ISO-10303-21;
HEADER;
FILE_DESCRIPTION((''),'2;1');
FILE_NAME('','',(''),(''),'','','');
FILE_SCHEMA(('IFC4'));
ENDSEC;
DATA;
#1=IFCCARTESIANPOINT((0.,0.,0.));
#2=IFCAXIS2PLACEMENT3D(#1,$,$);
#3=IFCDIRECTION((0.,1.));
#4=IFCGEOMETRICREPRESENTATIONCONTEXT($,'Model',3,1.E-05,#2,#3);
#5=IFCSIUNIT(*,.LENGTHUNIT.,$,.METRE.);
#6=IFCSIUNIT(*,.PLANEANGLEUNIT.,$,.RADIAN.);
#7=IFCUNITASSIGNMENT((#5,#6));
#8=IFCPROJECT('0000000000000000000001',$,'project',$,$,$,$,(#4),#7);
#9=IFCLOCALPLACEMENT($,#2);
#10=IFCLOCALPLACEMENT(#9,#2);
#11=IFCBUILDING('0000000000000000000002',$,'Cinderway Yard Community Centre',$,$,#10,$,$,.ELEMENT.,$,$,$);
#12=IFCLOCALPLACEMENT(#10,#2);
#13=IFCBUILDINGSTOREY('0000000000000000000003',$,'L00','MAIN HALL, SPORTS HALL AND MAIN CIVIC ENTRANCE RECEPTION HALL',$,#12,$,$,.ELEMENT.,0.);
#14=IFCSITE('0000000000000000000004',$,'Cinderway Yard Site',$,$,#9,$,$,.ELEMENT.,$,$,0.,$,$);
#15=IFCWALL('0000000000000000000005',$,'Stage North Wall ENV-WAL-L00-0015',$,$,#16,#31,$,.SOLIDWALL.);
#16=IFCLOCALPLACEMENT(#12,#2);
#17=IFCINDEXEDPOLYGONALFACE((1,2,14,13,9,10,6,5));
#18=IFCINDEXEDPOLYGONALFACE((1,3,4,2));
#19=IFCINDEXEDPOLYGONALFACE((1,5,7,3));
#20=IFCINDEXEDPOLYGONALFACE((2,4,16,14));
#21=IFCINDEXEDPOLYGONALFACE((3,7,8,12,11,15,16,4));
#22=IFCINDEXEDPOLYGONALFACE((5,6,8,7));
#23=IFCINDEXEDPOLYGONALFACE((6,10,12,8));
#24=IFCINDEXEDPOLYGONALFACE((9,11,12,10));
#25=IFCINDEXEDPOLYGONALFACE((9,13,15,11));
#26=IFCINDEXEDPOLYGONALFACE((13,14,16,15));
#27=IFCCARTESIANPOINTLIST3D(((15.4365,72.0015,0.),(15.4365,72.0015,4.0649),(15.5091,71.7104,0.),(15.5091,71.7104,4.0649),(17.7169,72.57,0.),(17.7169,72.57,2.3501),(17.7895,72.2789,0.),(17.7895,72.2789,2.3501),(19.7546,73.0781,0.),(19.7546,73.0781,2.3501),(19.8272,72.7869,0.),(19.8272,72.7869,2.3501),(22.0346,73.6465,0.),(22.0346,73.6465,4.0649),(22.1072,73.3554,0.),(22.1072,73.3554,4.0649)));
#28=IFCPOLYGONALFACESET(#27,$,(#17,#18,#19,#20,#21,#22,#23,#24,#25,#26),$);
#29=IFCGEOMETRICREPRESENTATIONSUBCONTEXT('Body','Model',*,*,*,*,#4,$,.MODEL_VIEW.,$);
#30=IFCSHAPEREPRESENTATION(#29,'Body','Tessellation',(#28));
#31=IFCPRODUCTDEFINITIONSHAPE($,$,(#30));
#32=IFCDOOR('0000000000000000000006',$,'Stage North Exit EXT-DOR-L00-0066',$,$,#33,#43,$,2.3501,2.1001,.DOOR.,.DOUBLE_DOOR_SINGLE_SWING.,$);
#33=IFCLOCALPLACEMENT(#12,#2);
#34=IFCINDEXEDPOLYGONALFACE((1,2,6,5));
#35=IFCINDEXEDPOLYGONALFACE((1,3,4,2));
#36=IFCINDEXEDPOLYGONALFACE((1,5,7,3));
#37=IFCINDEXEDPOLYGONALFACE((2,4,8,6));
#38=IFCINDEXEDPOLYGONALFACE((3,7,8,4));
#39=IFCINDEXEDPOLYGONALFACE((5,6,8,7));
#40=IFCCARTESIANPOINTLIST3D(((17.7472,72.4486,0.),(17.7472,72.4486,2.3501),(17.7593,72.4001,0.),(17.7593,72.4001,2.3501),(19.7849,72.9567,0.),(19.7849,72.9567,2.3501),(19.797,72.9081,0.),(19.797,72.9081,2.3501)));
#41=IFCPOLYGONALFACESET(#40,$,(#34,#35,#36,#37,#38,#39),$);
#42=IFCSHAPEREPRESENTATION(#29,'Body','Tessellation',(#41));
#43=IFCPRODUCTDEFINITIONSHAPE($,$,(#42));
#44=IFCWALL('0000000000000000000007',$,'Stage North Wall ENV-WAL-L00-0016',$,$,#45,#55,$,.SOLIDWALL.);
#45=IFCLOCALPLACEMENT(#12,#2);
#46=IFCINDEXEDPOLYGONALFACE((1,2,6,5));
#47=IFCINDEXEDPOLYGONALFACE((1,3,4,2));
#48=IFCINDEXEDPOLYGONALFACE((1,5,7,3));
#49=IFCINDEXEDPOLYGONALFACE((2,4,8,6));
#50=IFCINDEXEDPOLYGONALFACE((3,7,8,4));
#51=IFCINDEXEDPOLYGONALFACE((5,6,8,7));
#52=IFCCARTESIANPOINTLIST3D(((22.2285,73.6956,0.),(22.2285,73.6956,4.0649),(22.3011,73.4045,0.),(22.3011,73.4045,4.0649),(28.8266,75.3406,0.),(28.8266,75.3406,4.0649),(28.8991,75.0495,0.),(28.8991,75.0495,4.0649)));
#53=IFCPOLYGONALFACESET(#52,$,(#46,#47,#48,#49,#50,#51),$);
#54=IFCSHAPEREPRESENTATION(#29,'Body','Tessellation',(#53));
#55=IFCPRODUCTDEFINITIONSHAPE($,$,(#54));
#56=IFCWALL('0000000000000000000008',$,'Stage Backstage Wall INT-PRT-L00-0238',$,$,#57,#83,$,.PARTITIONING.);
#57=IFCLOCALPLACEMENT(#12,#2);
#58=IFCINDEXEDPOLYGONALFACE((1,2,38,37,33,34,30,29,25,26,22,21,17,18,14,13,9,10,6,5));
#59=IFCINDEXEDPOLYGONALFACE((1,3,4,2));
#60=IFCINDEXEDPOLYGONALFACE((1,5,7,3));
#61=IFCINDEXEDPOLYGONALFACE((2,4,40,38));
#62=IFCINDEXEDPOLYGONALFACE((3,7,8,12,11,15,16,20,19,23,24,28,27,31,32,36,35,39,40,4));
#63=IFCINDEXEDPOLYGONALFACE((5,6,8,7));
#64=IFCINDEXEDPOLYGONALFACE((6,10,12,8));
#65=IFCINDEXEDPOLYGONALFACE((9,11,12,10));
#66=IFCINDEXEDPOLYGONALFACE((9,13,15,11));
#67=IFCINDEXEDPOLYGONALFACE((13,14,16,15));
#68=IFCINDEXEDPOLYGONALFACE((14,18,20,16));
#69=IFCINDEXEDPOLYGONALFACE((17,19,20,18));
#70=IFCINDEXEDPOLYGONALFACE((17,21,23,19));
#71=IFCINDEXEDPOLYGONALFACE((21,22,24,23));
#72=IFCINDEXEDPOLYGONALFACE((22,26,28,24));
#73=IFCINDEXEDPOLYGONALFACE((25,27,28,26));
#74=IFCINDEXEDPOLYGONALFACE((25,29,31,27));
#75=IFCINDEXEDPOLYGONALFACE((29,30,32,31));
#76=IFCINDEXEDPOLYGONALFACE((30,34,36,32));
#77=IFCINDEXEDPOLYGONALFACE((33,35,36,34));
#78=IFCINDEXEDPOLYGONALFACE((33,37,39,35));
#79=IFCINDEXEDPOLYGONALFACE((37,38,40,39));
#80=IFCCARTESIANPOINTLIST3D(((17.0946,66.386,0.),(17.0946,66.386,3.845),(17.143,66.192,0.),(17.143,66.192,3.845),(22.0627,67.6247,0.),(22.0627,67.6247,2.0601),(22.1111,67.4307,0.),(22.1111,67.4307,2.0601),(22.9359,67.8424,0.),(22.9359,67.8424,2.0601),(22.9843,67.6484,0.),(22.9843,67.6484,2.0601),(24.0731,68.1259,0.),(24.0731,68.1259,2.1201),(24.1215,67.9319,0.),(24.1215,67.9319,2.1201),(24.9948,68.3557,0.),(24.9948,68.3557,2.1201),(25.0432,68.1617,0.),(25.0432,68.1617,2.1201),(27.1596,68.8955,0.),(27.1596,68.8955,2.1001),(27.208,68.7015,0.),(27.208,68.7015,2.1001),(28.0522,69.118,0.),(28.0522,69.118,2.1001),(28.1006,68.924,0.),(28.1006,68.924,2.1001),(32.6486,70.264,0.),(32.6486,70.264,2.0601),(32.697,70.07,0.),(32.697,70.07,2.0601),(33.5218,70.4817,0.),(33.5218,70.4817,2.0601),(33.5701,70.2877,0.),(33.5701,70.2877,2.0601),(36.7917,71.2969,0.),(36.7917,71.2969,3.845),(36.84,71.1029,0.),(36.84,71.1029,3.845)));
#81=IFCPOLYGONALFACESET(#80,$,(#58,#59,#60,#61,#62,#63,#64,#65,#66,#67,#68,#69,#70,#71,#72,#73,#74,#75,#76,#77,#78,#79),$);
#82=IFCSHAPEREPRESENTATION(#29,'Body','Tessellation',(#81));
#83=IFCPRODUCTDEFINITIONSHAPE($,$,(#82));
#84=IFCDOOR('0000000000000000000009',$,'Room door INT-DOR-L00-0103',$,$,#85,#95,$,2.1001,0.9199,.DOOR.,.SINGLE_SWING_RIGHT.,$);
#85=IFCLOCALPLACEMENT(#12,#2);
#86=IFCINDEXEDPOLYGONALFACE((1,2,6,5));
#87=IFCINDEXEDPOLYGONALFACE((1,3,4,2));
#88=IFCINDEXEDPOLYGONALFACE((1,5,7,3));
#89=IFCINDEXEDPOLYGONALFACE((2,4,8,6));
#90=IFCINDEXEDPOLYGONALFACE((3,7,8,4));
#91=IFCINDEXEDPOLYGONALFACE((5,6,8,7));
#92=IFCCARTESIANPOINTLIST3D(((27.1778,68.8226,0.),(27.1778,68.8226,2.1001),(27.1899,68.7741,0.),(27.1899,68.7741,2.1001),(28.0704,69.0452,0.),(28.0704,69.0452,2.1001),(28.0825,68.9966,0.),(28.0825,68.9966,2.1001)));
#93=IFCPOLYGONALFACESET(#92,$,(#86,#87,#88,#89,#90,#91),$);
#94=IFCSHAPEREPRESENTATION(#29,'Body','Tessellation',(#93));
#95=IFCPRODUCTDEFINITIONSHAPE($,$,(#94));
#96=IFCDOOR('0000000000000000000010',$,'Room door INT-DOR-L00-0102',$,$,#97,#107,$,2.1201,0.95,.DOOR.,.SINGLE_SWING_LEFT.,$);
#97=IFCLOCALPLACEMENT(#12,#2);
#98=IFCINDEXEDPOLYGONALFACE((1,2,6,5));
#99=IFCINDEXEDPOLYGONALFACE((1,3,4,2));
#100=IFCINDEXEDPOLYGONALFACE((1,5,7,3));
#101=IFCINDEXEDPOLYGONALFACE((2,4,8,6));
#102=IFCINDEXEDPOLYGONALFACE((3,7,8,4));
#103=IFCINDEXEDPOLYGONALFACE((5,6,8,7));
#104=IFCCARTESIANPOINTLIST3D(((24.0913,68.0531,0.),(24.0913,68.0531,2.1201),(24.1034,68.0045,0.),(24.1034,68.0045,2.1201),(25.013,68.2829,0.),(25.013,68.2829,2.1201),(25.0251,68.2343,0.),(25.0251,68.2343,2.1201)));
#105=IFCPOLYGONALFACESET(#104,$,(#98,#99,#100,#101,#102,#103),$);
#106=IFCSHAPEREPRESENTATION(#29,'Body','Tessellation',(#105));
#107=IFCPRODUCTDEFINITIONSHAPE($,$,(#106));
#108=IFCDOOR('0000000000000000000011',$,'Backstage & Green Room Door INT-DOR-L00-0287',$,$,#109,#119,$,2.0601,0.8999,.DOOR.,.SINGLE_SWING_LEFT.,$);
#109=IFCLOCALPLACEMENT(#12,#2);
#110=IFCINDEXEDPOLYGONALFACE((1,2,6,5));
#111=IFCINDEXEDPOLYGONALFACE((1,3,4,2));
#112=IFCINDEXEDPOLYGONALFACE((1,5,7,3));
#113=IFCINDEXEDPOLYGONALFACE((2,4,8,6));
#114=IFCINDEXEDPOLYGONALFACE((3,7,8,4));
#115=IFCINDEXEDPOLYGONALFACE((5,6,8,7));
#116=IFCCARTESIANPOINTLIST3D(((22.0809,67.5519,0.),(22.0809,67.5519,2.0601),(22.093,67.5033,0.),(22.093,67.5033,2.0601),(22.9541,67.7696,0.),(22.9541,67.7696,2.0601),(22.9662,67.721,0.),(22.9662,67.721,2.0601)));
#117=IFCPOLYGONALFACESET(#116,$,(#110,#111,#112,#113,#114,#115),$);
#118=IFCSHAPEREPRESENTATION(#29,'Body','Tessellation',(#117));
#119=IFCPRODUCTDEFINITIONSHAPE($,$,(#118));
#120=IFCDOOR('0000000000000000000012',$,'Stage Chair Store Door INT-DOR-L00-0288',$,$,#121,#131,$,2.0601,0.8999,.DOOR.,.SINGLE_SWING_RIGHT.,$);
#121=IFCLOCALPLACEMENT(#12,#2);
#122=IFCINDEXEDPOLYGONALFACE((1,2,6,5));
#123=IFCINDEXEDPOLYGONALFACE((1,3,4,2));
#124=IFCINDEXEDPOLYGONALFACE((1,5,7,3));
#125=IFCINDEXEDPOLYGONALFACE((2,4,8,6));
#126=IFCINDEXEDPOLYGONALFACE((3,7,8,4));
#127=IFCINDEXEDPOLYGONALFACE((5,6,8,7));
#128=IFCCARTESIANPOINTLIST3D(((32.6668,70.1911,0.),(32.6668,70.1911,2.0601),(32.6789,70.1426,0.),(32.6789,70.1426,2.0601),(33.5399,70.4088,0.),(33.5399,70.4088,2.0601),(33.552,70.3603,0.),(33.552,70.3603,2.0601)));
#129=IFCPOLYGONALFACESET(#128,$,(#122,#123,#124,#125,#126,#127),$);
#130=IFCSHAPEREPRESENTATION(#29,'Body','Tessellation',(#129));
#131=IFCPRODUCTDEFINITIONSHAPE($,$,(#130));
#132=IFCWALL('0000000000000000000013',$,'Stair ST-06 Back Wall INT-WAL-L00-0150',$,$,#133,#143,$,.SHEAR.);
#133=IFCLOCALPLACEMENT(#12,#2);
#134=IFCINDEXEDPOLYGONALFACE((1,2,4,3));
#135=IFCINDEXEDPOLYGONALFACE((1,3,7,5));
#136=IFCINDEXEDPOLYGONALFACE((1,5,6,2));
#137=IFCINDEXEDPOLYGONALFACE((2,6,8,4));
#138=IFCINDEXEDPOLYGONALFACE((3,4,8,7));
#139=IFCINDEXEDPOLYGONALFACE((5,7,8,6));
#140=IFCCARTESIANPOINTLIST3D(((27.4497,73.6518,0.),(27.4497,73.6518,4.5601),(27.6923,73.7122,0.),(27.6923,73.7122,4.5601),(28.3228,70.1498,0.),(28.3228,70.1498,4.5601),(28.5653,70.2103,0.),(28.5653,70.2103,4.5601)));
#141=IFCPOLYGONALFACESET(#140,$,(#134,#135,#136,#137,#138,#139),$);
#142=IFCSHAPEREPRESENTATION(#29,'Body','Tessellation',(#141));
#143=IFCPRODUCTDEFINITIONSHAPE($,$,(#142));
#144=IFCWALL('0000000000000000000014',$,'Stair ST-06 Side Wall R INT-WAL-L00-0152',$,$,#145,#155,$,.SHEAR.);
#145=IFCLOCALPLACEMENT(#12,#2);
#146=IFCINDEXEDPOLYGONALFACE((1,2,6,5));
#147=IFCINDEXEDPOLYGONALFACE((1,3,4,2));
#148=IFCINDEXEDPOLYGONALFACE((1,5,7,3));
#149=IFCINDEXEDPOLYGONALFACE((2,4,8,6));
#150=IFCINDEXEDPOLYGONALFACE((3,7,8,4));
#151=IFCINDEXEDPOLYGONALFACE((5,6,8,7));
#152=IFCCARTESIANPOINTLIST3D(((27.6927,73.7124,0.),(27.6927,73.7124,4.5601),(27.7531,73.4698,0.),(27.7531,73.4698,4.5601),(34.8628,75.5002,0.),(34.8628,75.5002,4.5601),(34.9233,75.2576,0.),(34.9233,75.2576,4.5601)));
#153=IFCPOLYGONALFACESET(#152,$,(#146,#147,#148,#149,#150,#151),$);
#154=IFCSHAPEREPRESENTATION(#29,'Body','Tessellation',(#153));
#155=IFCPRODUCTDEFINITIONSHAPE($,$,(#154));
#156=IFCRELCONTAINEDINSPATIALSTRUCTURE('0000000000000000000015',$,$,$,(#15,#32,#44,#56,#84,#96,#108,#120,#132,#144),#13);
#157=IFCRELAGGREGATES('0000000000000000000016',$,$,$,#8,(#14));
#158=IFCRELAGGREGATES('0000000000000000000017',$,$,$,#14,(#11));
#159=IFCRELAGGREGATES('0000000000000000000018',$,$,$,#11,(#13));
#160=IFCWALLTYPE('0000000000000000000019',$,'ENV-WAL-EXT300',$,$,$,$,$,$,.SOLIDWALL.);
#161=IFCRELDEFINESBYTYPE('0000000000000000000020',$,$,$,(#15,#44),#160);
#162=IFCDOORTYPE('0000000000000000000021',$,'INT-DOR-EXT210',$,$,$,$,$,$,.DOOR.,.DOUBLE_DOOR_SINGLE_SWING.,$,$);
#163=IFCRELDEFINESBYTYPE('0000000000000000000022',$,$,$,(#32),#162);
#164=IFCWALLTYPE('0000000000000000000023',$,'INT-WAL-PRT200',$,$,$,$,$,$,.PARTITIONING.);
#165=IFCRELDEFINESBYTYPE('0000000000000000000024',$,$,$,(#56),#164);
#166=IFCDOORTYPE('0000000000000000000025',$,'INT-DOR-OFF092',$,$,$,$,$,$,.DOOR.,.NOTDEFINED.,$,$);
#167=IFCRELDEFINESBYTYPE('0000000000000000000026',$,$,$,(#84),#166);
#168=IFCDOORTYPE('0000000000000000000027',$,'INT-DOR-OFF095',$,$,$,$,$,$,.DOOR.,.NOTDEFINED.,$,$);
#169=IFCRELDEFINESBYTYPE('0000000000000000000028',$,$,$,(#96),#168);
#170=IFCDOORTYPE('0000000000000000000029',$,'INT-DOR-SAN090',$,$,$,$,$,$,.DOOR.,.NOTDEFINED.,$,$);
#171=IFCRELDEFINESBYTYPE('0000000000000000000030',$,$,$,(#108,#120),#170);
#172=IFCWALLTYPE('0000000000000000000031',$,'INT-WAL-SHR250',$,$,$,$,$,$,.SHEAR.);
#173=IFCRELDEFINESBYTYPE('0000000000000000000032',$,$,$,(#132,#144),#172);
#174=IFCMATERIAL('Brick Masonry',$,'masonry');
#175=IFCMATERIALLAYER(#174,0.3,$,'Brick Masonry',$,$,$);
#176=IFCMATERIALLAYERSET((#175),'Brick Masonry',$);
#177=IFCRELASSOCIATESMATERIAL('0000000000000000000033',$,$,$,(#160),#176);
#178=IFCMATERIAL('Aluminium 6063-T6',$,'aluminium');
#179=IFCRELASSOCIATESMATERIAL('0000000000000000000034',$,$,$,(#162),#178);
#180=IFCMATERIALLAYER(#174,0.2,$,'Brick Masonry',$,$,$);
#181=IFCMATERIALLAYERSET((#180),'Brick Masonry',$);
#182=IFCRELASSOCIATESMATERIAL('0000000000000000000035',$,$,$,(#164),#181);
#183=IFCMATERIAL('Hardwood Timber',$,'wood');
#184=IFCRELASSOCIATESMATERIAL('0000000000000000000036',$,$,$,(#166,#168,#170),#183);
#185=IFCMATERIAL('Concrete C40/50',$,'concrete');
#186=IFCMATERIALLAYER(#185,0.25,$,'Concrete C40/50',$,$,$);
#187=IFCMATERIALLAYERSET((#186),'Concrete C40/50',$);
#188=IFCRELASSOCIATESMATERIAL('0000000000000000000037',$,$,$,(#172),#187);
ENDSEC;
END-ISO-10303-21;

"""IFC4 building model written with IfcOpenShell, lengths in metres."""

from ifc_helpers import new_model, si_unit, direction, frame, frame_2d, origin, place, context, subcontext, project, spatial, rectangle, extrude, material, layer, layer_set, type_object, element, fill, save


model = new_model("IFC4")

# Units and contexts
model_context = context("Model", 3, precision=1e-05, world=origin(), true_north=direction((0.0, 1.0)))
body_context = subcontext(model_context, "Body", "Model", "MODEL_VIEW")
ifc_project = project(units=[si_unit("LENGTHUNIT", "METRE"), si_unit("PLANEANGLEUNIT", "RADIAN")], contexts=[model_context])

# Site, building, storey
site_placement = place(None, origin())
site = spatial("IfcSite", under=ifc_project, at=site_placement, Name="Cinderway Yard Site", CompositionType="ELEMENT", RefElevation=0.0)
building_placement = place(site_placement, origin())
building = spatial("IfcBuilding", under=site, at=building_placement, Name="Cinderway Yard Community Centre", CompositionType="ELEMENT")
storey_placement = place(building_placement, origin())
storey = spatial("IfcBuildingStorey", under=building, at=storey_placement, Name="L00", Description="MAIN HALL, SPORTS HALL AND MAIN CIVIC ENTRANCE RECEPTION HALL", CompositionType="ELEMENT", Elevation=0.0)

# Shared definitions
ifc_material_1 = material(Name="Concrete C40/50", Category="concrete")

# Shared definitions
ifc_material_2 = material(Name="Brick Masonry", Category="masonry")
ifc_layer_1 = layer(ifc_material_2, 0.3, Name="Brick Masonry")
ifc_layer_set_1 = layer_set([ifc_layer_1], Name="Brick Masonry")
wall_type_1 = type_object("IfcWallType", Name="ENV-WAL-EXT300", PredefinedType="SOLIDWALL", material=ifc_layer_set_1)

# Wall, opening, door
wall_1_placement = place(storey_placement, frame((15.4729, 71.856, 0.0), z_axis=(0.0, 0.0, 1.0), x_axis=(0.970299, 0.24191, 0.0)))
wall_1 = element("IfcWall", 1, at=wall_1_placement, inside=storey, type_object=wall_type_1, Name="Stage North Wall ENV-WAL-L00-0015", PredefinedType="SOLIDWALL", context=body_context, shape_type="SweptSolid", body=[
    extrude(rectangle(XDim=6.8, YDim=0.3, at=frame_2d((3.3999, 0.0))), origin(), (0.0, 0.0, 1.0), 4.0649),
])
opening_1_placement = place(wall_1_placement, frame((2.3501, 0.0, 0.0)))
opening_1 = element("IfcOpeningElement", 2, at=opening_1_placement, cuts=wall_1, PredefinedType="OPENING", context=body_context, shape_type="SweptSolid", body=[
    extrude(rectangle(XDim=2.1001, YDim=2.3501, at=frame_2d((1.05, 1.175))), frame((0.0, 0.1599, 0.0), z_axis=(0.0, -1.0, 0.0), x_axis=(1.0, 0.0, 0.0)), (0.0, 0.0, 1.0), 0.3201),
])
ifc_material_3 = material(Name="Aluminium 6063-T6", Category="aluminium")
door_type_1 = type_object("IfcDoorType", Name="INT-DOR-EXT210", OperationType="DOUBLE_DOOR_SINGLE_SWING", PredefinedType="DOOR", material=ifc_material_3)
door_1_placement = place(opening_1_placement, origin())
door_1 = element("IfcDoor", 3, at=door_1_placement, inside=storey, type_object=door_type_1, Name="Stage North Exit EXT-DOR-L00-0066", OperationType="DOUBLE_DOOR_SINGLE_SWING", OverallHeight=2.3501, OverallWidth=2.1001, PredefinedType="DOOR", context=body_context, shape_type="SweptSolid", body=[
    extrude(rectangle(XDim=2.1001, YDim=2.3501, at=frame_2d((1.05, 1.175))), frame((0.0, 0.0249, 0.0), z_axis=(0.0, -1.0, 0.0), x_axis=(1.0, 0.0, 0.0)), (0.0, 0.0, 1.0), 0.05),
])
fill(opening_1, door_1)

# Wall
wall_2_placement = place(storey_placement, frame((22.2649, 73.55, 0.0), z_axis=(0.0, 0.0, 1.0), x_axis=(0.970299, 0.24191, 0.0)))
element("IfcWall", 4, at=wall_2_placement, inside=storey, type_object=wall_type_1, Name="Stage North Wall ENV-WAL-L00-0016", PredefinedType="SOLIDWALL", context=body_context, shape_type="SweptSolid", body=[
    extrude(rectangle(XDim=6.8, YDim=0.3, at=frame_2d((3.3999, 0.0))), origin(), (0.0, 0.0, 1.0), 4.0649),
])

# Wall, openings, doors
ifc_layer_2 = layer(ifc_material_2, 0.2, Name="Brick Masonry")
ifc_layer_set_2 = layer_set([ifc_layer_2], Name="Brick Masonry")
wall_type_2 = type_object("IfcWallType", Name="INT-WAL-PRT200", PredefinedType="PARTITIONING", material=ifc_layer_set_2)
wall_3_placement = place(storey_placement, frame((17.1189, 66.2891, 0.0), z_axis=(0.0, 0.0, 1.0), x_axis=(0.970297, 0.241916, 0.0)))
wall_3 = element("IfcWall", 5, at=wall_3_placement, inside=storey, type_object=wall_type_2, Name="Stage Backstage Wall INT-PRT-L00-0238", PredefinedType="PARTITIONING", context=body_context, shape_type="SweptSolid", body=[
    extrude(rectangle(XDim=20.3, YDim=0.2, at=frame_2d((10.1499, 0.0))), origin(), (0.0, 0.0, 1.0), 3.845),
])
opening_2_placement = place(wall_3_placement, frame((7.1919, 0.0, 0.0)))
opening_2 = element("IfcOpeningElement", 6, at=opening_2_placement, cuts=wall_3, PredefinedType="OPENING", context=body_context, shape_type="SweptSolid", body=[
    extrude(rectangle(XDim=0.95, YDim=2.1201, at=frame_2d((0.4751, 1.0601))), frame((0.0, 0.1099, 0.0), z_axis=(0.0, -1.0, 0.0), x_axis=(1.0, 0.0, 0.0)), (0.0, 0.0, 1.0), 0.22),
])
opening_3_placement = place(wall_3_placement, frame((10.373, 0.0, 0.0)))
opening_3 = element("IfcOpeningElement", 7, at=opening_3_placement, cuts=wall_3, PredefinedType="OPENING", context=body_context, shape_type="SweptSolid", body=[
    extrude(rectangle(XDim=0.9199, YDim=2.1001, at=frame_2d((0.46, 1.05))), frame((0.0, 0.1099, 0.0), z_axis=(0.0, -1.0, 0.0), x_axis=(1.0, 0.0, 0.0)), (0.0, 0.0, 1.0), 0.22),
])
opening_4_placement = place(wall_3_placement, frame((5.1201, 0.0, 0.0)))
opening_4 = element("IfcOpeningElement", 8, at=opening_4_placement, cuts=wall_3, PredefinedType="OPENING", context=body_context, shape_type="SweptSolid", body=[
    extrude(rectangle(XDim=0.8999, YDim=2.0601, at=frame_2d((0.45, 1.03))), frame((0.0, 0.1099, 0.0), z_axis=(0.0, -1.0, 0.0), x_axis=(1.0, 0.0, 0.0)), (0.0, 0.0, 1.0), 0.22),
])
opening_5_placement = place(wall_3_placement, frame((16.03, 0.0, 0.0)))
opening_5 = element("IfcOpeningElement", 9, at=opening_5_placement, cuts=wall_3, PredefinedType="OPENING", context=body_context, shape_type="SweptSolid", body=[
    extrude(rectangle(XDim=0.8999, YDim=2.0601, at=frame_2d((0.45, 1.03))), frame((0.0, 0.1099, 0.0), z_axis=(0.0, -1.0, 0.0), x_axis=(1.0, 0.0, 0.0)), (0.0, 0.0, 1.0), 0.22),
])
ifc_material_4 = material(Name="Hardwood Timber", Category="wood")
door_type_2 = type_object("IfcDoorType", Name="INT-DOR-OFF092", OperationType="NOTDEFINED", PredefinedType="DOOR", material=ifc_material_4)
door_2_placement = place(opening_3_placement, origin())
door_2 = element("IfcDoor", 10, at=door_2_placement, inside=storey, type_object=door_type_2, Name="Room door INT-DOR-L00-0103", OperationType="SINGLE_SWING_RIGHT", OverallHeight=2.1001, OverallWidth=0.9199, PredefinedType="DOOR", context=body_context, shape_type="SweptSolid", body=[
    extrude(rectangle(XDim=0.9199, YDim=2.1001, at=frame_2d((0.46, 1.05))), frame((0.0, 0.0249, 0.0), z_axis=(0.0, -1.0, 0.0), x_axis=(1.0, 0.0, 0.0)), (0.0, 0.0, 1.0), 0.05),
])
fill(opening_3, door_2)
door_type_3 = type_object("IfcDoorType", Name="INT-DOR-OFF095", OperationType="NOTDEFINED", PredefinedType="DOOR", material=ifc_material_4)
door_3_placement = place(opening_2_placement, origin())
door_3 = element("IfcDoor", 11, at=door_3_placement, inside=storey, type_object=door_type_3, Name="Room door INT-DOR-L00-0102", OperationType="SINGLE_SWING_LEFT", OverallHeight=2.1201, OverallWidth=0.95, PredefinedType="DOOR", context=body_context, shape_type="SweptSolid", body=[
    extrude(rectangle(XDim=0.95, YDim=2.1201, at=frame_2d((0.4751, 1.0601))), frame((0.0, 0.0249, 0.0), z_axis=(0.0, -1.0, 0.0), x_axis=(1.0, 0.0, 0.0)), (0.0, 0.0, 1.0), 0.05),
])
fill(opening_2, door_3)
door_type_4 = type_object("IfcDoorType", Name="INT-DOR-SAN090", OperationType="NOTDEFINED", PredefinedType="DOOR", material=ifc_material_4)
door_4_placement = place(opening_4_placement, origin())
door_4 = element("IfcDoor", 12, at=door_4_placement, inside=storey, type_object=door_type_4, Name="Backstage & Green Room Door INT-DOR-L00-0287", OperationType="SINGLE_SWING_LEFT", OverallHeight=2.0601, OverallWidth=0.8999, PredefinedType="DOOR", context=body_context, shape_type="SweptSolid", body=[
    extrude(rectangle(XDim=0.8999, YDim=2.0601, at=frame_2d((0.45, 1.03))), frame((0.0, 0.0249, 0.0), z_axis=(0.0, -1.0, 0.0), x_axis=(1.0, 0.0, 0.0)), (0.0, 0.0, 1.0), 0.05),
])
fill(opening_4, door_4)
door_5_placement = place(opening_5_placement, origin())
door_5 = element("IfcDoor", 13, at=door_5_placement, inside=storey, type_object=door_type_4, Name="Stage Chair Store Door INT-DOR-L00-0288", OperationType="SINGLE_SWING_RIGHT", OverallHeight=2.0601, OverallWidth=0.8999, PredefinedType="DOOR", context=body_context, shape_type="SweptSolid", body=[
    extrude(rectangle(XDim=0.8999, YDim=2.0601, at=frame_2d((0.45, 1.03))), frame((0.0, 0.0249, 0.0), z_axis=(0.0, -1.0, 0.0), x_axis=(1.0, 0.0, 0.0)), (0.0, 0.0, 1.0), 0.05),
])
fill(opening_5, door_5)

# Walls
ifc_layer_3 = layer(ifc_material_1, 0.25, Name="Concrete C40/50")
ifc_layer_set_3 = layer_set([ifc_layer_3], Name="Concrete C40/50")
wall_type_3 = type_object("IfcWallType", Name="INT-WAL-SHR250", PredefinedType="SHEAR", material=ifc_layer_set_3)
wall_4_placement = place(storey_placement, frame((28.4441, 70.1799, 0.0), z_axis=(0.0, 0.0, 1.0), x_axis=(-0.241899, 0.970301, 0.0)))
element("IfcWall", 14, at=wall_4_placement, inside=storey, type_object=wall_type_3, Name="Stair ST-06 Back Wall INT-WAL-L00-0150", PredefinedType="SHEAR", context=body_context, shape_type="SweptSolid", body=[
    extrude(rectangle(XDim=3.6091, YDim=0.25, at=frame_2d((1.8047, 0.0))), origin(), (0.0, 0.0, 1.0), 4.5601),
])
wall_5_placement = place(storey_placement, frame((27.7229, 73.5911, 0.0), z_axis=(0.0, 0.0, 1.0), x_axis=(0.970292, 0.241937, 0.0)))
element("IfcWall", 15, at=wall_5_placement, inside=storey, type_object=wall_type_3, Name="Stair ST-06 Side Wall R INT-WAL-L00-0152", PredefinedType="SHEAR", context=body_context, shape_type="SweptSolid", body=[
    extrude(rectangle(XDim=7.3896, YDim=0.25, at=frame_2d((3.6948, 0.0))), origin(), (0.0, 0.0, 1.0), 4.5601),
])

save(model, "model.ifc")
